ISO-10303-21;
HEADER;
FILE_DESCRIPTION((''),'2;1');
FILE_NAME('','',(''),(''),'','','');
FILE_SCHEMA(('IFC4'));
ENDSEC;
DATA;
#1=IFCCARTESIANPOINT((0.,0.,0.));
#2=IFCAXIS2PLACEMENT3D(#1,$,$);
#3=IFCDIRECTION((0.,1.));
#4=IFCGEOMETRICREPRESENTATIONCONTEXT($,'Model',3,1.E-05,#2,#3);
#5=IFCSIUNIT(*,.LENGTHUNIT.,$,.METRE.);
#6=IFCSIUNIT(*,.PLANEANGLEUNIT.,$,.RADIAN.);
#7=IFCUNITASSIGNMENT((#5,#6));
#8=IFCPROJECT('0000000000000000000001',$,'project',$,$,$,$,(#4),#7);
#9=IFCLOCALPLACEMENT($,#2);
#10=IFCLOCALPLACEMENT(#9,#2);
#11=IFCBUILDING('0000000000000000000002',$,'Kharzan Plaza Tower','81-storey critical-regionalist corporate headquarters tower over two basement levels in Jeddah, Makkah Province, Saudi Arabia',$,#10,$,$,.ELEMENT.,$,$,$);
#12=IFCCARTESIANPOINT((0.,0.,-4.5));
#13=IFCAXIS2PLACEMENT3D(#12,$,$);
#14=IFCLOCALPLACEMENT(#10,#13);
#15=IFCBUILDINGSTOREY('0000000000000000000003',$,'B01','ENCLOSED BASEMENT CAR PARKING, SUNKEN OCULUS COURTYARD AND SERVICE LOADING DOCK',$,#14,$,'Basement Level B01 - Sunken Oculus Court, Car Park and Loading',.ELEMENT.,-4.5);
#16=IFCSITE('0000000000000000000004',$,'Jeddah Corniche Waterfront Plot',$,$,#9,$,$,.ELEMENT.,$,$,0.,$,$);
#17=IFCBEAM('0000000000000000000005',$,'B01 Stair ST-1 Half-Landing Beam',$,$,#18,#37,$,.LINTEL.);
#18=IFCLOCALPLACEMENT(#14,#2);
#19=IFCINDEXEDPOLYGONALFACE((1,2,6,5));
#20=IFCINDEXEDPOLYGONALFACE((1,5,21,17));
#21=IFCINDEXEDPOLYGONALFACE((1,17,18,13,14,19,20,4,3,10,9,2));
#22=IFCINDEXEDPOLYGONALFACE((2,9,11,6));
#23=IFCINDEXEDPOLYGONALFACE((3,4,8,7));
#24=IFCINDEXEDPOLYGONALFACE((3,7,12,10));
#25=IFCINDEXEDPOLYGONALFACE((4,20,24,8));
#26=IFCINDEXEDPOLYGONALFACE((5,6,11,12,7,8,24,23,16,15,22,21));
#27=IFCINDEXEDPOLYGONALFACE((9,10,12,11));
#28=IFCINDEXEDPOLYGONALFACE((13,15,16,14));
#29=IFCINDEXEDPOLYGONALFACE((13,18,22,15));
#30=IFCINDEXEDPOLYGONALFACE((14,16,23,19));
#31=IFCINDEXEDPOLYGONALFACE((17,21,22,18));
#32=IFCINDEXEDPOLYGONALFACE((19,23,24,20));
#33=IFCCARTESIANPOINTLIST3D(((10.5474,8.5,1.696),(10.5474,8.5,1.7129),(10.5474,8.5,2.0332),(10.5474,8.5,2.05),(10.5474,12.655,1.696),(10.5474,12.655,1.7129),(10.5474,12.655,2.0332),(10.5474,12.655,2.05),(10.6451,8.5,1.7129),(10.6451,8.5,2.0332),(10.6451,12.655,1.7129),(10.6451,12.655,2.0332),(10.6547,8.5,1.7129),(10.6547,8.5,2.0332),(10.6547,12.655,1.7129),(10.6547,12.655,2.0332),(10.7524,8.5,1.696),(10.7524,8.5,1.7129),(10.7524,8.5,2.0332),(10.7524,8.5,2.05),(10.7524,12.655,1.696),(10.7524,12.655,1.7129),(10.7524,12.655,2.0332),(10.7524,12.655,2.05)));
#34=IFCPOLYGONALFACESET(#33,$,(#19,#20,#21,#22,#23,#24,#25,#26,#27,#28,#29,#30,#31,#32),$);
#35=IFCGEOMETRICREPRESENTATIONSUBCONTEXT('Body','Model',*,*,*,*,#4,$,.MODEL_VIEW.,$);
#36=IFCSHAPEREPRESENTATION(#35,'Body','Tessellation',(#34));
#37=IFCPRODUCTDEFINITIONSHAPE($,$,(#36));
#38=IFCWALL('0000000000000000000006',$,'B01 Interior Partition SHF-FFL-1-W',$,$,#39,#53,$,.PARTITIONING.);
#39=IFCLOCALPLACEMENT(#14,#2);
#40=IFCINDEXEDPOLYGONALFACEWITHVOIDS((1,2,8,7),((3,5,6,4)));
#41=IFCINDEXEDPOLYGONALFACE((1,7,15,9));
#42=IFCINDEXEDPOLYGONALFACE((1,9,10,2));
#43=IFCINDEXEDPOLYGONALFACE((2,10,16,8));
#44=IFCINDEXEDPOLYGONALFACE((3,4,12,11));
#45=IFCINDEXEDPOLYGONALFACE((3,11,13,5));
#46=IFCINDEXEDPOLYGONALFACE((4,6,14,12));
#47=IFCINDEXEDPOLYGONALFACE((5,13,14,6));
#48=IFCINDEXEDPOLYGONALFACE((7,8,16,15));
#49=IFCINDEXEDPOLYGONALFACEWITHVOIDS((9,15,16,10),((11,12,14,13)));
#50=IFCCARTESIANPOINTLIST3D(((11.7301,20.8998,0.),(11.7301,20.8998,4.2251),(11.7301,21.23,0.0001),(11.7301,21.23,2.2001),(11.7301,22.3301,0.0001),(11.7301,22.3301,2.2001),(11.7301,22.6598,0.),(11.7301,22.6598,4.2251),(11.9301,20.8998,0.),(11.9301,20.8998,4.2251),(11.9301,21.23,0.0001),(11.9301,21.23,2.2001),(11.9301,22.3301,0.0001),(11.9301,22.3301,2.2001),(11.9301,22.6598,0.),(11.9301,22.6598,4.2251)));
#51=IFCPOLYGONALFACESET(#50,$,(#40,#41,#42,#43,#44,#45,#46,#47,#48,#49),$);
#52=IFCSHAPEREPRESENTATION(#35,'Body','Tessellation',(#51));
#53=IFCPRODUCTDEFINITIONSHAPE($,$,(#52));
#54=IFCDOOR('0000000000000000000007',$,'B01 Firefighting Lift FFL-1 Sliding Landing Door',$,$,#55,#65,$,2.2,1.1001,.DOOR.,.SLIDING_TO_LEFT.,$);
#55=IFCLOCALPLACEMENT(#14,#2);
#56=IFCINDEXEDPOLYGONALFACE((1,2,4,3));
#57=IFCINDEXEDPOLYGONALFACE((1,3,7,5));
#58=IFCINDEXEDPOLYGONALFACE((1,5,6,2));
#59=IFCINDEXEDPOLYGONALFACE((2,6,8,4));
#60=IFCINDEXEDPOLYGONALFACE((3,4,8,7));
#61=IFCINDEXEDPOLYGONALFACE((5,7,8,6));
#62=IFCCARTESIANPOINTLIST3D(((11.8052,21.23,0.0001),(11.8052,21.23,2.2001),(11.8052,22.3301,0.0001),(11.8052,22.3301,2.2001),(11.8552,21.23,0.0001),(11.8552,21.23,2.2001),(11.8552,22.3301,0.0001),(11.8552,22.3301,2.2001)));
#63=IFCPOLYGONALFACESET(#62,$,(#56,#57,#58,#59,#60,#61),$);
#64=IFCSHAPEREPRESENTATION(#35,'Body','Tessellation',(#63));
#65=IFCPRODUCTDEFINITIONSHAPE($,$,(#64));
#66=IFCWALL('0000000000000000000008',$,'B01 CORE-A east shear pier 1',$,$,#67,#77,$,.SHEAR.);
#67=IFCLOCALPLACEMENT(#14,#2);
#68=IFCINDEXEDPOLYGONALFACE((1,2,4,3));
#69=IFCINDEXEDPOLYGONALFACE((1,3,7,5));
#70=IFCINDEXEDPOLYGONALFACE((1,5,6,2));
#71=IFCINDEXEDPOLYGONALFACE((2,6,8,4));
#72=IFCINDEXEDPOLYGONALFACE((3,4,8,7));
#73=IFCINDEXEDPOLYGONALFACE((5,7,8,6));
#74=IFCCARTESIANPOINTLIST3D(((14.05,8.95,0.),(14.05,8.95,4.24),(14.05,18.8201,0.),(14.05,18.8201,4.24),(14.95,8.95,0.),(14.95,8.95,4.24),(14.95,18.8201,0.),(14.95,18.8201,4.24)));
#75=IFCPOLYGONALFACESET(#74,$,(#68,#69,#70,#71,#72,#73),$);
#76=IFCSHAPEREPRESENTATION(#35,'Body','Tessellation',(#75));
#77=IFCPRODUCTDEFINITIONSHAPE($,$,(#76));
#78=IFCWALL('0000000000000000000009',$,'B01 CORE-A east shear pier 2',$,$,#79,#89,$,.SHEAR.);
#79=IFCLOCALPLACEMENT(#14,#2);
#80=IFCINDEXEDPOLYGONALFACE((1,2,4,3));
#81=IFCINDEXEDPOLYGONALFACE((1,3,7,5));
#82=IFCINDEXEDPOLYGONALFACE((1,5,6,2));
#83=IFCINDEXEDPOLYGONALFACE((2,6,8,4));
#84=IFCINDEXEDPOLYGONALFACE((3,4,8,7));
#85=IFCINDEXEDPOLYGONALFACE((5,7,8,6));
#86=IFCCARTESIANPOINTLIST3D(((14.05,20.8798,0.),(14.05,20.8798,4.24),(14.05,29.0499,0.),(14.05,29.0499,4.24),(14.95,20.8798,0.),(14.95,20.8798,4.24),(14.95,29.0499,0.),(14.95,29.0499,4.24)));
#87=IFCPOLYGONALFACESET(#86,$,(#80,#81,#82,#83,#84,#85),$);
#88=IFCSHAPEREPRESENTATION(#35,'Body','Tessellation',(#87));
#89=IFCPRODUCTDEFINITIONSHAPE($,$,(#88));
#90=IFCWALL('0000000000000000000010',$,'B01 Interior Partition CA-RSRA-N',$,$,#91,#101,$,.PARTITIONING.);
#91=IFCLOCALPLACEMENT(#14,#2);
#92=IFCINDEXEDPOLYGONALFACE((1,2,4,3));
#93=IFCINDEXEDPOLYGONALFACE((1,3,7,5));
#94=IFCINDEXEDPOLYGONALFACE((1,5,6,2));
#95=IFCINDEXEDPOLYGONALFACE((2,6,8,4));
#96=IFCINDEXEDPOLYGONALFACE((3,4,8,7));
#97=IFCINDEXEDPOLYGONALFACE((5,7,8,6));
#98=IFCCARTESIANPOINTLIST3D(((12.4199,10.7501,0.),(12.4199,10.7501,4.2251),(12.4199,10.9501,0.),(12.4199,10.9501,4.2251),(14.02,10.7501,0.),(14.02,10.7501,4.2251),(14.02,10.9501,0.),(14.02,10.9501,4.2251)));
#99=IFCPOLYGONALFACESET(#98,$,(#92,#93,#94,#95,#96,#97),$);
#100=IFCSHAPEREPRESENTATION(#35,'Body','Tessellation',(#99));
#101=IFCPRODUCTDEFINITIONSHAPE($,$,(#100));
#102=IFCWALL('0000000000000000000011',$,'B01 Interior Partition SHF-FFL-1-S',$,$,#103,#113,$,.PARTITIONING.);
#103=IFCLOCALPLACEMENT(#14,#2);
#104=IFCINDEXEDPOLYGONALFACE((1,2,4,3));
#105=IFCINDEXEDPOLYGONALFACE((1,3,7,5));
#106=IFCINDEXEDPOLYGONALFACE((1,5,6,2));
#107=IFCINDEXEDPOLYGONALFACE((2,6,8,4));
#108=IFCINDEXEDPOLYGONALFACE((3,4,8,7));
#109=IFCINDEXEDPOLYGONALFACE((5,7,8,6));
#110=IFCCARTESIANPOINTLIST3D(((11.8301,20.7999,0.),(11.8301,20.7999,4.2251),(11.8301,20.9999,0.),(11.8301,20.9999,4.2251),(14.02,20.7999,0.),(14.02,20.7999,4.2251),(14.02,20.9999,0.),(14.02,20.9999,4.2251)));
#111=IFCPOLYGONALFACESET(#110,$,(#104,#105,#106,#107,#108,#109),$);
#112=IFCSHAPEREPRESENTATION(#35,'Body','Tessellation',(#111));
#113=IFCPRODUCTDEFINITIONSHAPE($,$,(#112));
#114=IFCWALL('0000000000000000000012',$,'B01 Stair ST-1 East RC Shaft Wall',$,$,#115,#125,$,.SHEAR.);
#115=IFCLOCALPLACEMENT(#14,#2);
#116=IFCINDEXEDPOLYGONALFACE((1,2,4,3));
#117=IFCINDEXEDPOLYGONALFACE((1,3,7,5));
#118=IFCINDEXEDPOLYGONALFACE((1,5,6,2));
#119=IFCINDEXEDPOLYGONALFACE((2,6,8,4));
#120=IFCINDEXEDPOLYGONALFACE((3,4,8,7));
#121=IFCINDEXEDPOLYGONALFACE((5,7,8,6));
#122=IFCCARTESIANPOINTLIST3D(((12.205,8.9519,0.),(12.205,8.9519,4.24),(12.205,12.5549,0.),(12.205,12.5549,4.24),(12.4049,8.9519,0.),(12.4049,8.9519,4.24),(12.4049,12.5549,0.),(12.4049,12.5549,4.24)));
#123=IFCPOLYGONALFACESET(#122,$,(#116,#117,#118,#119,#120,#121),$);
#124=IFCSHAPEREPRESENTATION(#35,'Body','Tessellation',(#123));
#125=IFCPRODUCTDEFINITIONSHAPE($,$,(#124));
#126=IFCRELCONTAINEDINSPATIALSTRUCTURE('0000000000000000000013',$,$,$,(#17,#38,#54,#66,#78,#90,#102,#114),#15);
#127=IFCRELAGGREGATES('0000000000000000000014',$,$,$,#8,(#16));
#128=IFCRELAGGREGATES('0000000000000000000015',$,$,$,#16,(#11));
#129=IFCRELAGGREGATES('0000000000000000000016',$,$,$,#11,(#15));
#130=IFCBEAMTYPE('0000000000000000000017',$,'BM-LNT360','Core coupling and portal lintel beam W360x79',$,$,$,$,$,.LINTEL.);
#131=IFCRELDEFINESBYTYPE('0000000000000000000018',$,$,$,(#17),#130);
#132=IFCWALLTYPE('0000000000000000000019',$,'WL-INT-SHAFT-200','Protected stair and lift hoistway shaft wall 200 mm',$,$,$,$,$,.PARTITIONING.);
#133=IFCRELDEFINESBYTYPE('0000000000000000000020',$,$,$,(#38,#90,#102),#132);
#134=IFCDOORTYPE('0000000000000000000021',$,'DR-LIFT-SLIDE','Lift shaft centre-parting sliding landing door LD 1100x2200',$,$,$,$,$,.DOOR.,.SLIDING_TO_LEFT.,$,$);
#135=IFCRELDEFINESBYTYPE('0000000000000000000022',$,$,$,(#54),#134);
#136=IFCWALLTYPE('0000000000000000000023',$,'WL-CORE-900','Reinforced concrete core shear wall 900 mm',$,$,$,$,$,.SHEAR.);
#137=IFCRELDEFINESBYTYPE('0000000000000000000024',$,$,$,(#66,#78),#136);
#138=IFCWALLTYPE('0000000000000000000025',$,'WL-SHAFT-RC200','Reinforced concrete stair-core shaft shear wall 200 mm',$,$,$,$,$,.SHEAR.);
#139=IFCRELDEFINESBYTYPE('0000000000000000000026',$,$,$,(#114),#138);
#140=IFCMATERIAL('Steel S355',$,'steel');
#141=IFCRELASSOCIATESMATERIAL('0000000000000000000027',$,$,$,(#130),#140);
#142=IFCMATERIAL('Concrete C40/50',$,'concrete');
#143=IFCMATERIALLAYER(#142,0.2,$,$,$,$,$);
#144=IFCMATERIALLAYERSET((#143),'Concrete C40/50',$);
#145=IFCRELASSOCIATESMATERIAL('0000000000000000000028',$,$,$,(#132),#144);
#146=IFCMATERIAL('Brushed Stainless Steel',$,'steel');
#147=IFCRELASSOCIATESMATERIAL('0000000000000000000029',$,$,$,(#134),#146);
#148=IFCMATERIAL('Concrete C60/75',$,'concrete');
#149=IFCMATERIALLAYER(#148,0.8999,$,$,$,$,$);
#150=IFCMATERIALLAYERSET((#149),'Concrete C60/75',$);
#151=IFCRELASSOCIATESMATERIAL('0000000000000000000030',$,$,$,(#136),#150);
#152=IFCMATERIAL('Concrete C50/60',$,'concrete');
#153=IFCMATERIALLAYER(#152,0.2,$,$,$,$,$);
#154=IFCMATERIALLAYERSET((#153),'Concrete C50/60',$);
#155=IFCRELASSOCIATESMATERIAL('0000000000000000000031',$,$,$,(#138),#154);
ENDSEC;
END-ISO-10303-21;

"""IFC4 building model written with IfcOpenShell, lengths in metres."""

from ifc_helpers import new_model, si_unit, direction, frame, frame_2d, origin, origin_2d, place, context, subcontext, project, spatial, rectangle, i_section, extrude, source, transform, mapped, material, layer, layer_set, material_profile, profile_set, type_object, element, fill, save


model = new_model("IFC4")

# Units and contexts
model_context = context("Model", 3, precision=1e-05, world=origin(), true_north=direction((0.0, 1.0)))
body_context = subcontext(model_context, "Body", "Model", "MODEL_VIEW")
ifc_project = project(units=[si_unit("LENGTHUNIT", "METRE"), si_unit("PLANEANGLEUNIT", "RADIAN")], contexts=[model_context])

# Site, building, storey
site_placement = place(None, origin())
site = spatial("IfcSite", under=ifc_project, at=site_placement, Name="Jeddah Corniche Waterfront Plot", CompositionType="ELEMENT", RefElevation=0.0)
building_placement = place(site_placement, origin())
building = spatial("IfcBuilding", under=site, at=building_placement, Name="Kharzan Plaza Tower", Description="81-storey critical-regionalist corporate headquarters tower over two basement levels in Jeddah, Makkah Province, Saudi Arabia", CompositionType="ELEMENT")
storey_placement = place(building_placement, frame((0.0, 0.0, -4.5)))
storey = spatial("IfcBuildingStorey", under=building, at=storey_placement, Name="B01", Description="ENCLOSED BASEMENT CAR PARKING, SUNKEN OCULUS COURTYARD AND SERVICE LOADING DOCK", LongName="Basement Level B01 - Sunken Oculus Court, Car Park and Loading", CompositionType="ELEMENT", Elevation=-4.5)

# Shared definitions
ifc_material_1 = material(Name="Concrete C60/75", Category="concrete")

# Beam
ifc_material_2 = material(Name="Steel S355", Category="steel")
ifc_material_profile_1 = material_profile(ifc_material_2, i_section(OverallWidth=0.2051, OverallDepth=0.354, WebThickness=0.0095, FlangeThickness=0.0168, at=origin_2d()), Name="W360x79")
ifc_profile_set_1 = profile_set([ifc_material_profile_1], Name="Steel S355")
beam_type_1 = type_object("IfcBeamType", Name="BM-LNT360", Description="Core coupling and portal lintel beam W360x79", PredefinedType="LINTEL", material=ifc_profile_set_1)
shared_shape_1 = source(origin(), body_context, "Body", "SweptSolid", [
    extrude(i_section(OverallWidth=0.2051, OverallDepth=0.354, WebThickness=0.0095, FlangeThickness=0.0168, at=origin_2d()), origin(), (0.0, 0.0, 1.0), 4.155),
])
beam_1_placement = place(storey_placement, frame((10.6499, 8.5, 1.873), z_axis=(0.0, 1.0, 0.0), x_axis=(-1.0, 0.0, 0.0)))
element("IfcBeam", 1, at=beam_1_placement, inside=storey, type_object=beam_type_1, Name="B01 Stair ST-1 Half-Landing Beam", PredefinedType="LINTEL", context=body_context, shape_type="MappedRepresentation", body=[
    mapped(shared_shape_1, transform((0.0, 0.0, 0.0), x_axis=(1.0, 0.0, 0.0), y_axis=(0.0, 1.0, 0.0), z_axis=(0.0, 0.0, 1.0))),
])

# Wall, opening, door
ifc_material_3 = material(Name="Concrete C40/50", Category="concrete")
ifc_layer_1 = layer(ifc_material_3, 0.2)
ifc_layer_set_1 = layer_set([ifc_layer_1], Name="Concrete C40/50")
wall_type_1 = type_object("IfcWallType", Name="WL-INT-SHAFT-200", Description="Protected stair and lift hoistway shaft wall 200 mm", PredefinedType="PARTITIONING", material=ifc_layer_set_1)
wall_1_placement = place(storey_placement, frame((11.8301, 20.8999, 0.0), z_axis=(0.0, 0.0, 1.0), x_axis=(0.0, 1.0, 0.0)))
wall_1 = element("IfcWall", 2, at=wall_1_placement, inside=storey, type_object=wall_type_1, Name="B01 Interior Partition SHF-FFL-1-W", PredefinedType="PARTITIONING", context=body_context, shape_type="SweptSolid", body=[
    extrude(rectangle(XDim=1.76, YDim=0.2, at=frame_2d((0.8799, 0.0))), origin(), (0.0, 0.0, 1.0), 4.2251),
])
opening_placement = place(wall_1_placement, frame((0.3301, 0.0, 0.0)))
opening = element("IfcOpeningElement", 3, at=opening_placement, cuts=wall_1, PredefinedType="OPENING", context=body_context, shape_type="SweptSolid", body=[
    extrude(rectangle(XDim=1.1001, YDim=2.2, at=frame_2d((0.55, 1.1001))), frame((0.0, 0.1099, 0.0), z_axis=(0.0, -1.0, 0.0), x_axis=(1.0, 0.0, 0.0)), (0.0, 0.0, 1.0), 0.22),
])
ifc_material_4 = material(Name="Brushed Stainless Steel", Category="steel")
door_type = type_object("IfcDoorType", Name="DR-LIFT-SLIDE", Description="Lift shaft centre-parting sliding landing door LD 1100x2200", OperationType="SLIDING_TO_LEFT", PredefinedType="DOOR", material=ifc_material_4)
shared_shape_2 = source(origin(), body_context, "Body", "SweptSolid", [
    extrude(rectangle(XDim=1.1001, YDim=2.2, at=frame_2d((0.55, 1.1001))), frame((0.0, 0.0249, 0.0), z_axis=(0.0, -1.0, 0.0), x_axis=(1.0, 0.0, 0.0)), (0.0, 0.0, 1.0), 0.05),
])
door_placement = place(opening_placement, origin())
door = element("IfcDoor", 4, at=door_placement, inside=storey, type_object=door_type, Name="B01 Firefighting Lift FFL-1 Sliding Landing Door", OperationType="SLIDING_TO_LEFT", OverallHeight=2.2, OverallWidth=1.1001, PredefinedType="DOOR", context=body_context, shape_type="MappedRepresentation", body=[
    mapped(shared_shape_2, transform((0.0, 0.0, 0.0), x_axis=(1.0, 0.0, 0.0), y_axis=(0.0, 1.0, 0.0), z_axis=(0.0, 0.0, 1.0))),
])
fill(opening, door)

# Walls
ifc_layer_2 = layer(ifc_material_1, 0.8999)
ifc_layer_set_2 = layer_set([ifc_layer_2], Name="Concrete C60/75")
wall_type_2 = type_object("IfcWallType", Name="WL-CORE-900", Description="Reinforced concrete core shear wall 900 mm", PredefinedType="SHEAR", material=ifc_layer_set_2)
shared_shape_3 = source(origin(), body_context, "Body", "SweptSolid", [
    extrude(rectangle(XDim=9.8701, YDim=0.8999, at=frame_2d((4.9351, 0.0))), origin(), (0.0, 0.0, 1.0), 4.24),
])
wall_2_placement = place(storey_placement, frame((14.5, 8.95, 0.0), z_axis=(0.0, 0.0, 1.0), x_axis=(0.0, 1.0, 0.0)))
element("IfcWall", 5, at=wall_2_placement, inside=storey, type_object=wall_type_2, Name="B01 CORE-A east shear pier 1", PredefinedType="SHEAR", context=body_context, shape_type="MappedRepresentation", body=[
    mapped(shared_shape_3, transform((0.0, 0.0, 0.0), x_axis=(1.0, 0.0, 0.0), y_axis=(0.0, 1.0, 0.0), z_axis=(0.0, 0.0, 1.0))),
])
shared_shape_4 = source(origin(), body_context, "Body", "SweptSolid", [
    extrude(rectangle(XDim=8.1702, YDim=0.8999, at=frame_2d((4.085, 0.0))), origin(), (0.0, 0.0, 1.0), 4.24),
])
wall_3_placement = place(storey_placement, frame((14.5, 20.8799, 0.0), z_axis=(0.0, 0.0, 1.0), x_axis=(0.0, 1.0, 0.0)))
element("IfcWall", 6, at=wall_3_placement, inside=storey, type_object=wall_type_2, Name="B01 CORE-A east shear pier 2", PredefinedType="SHEAR", context=body_context, shape_type="MappedRepresentation", body=[
    mapped(shared_shape_4, transform((0.0, 0.0, 0.0), x_axis=(1.0, 0.0, 0.0), y_axis=(0.0, 1.0, 0.0), z_axis=(0.0, 0.0, 1.0))),
])
shared_shape_5 = source(origin(), body_context, "Body", "SweptSolid", [
    extrude(rectangle(XDim=1.6001, YDim=0.2, at=frame_2d((0.8, 0.0))), origin(), (0.0, 0.0, 1.0), 4.2251),
])
wall_4_placement = place(storey_placement, frame((12.4199, 10.8501, 0.0), z_axis=(0.0, 0.0, 1.0), x_axis=(1.0, 0.0, 0.0)))
element("IfcWall", 7, at=wall_4_placement, inside=storey, type_object=wall_type_1, Name="B01 Interior Partition CA-RSRA-N", PredefinedType="PARTITIONING", context=body_context, shape_type="MappedRepresentation", body=[
    mapped(shared_shape_5, transform((0.0, 0.0, 0.0), x_axis=(1.0, 0.0, 0.0), y_axis=(0.0, 1.0, 0.0), z_axis=(0.0, 0.0, 1.0))),
])
shared_shape_6 = source(origin(), body_context, "Body", "SweptSolid", [
    extrude(rectangle(XDim=2.1899, YDim=0.2, at=frame_2d((1.095, 0.0))), origin(), (0.0, 0.0, 1.0), 4.2251),
])
wall_5_placement = place(storey_placement, frame((11.8301, 20.8999, 0.0), z_axis=(0.0, 0.0, 1.0), x_axis=(1.0, 0.0, 0.0)))
element("IfcWall", 8, at=wall_5_placement, inside=storey, type_object=wall_type_1, Name="B01 Interior Partition SHF-FFL-1-S", PredefinedType="PARTITIONING", context=body_context, shape_type="MappedRepresentation", body=[
    mapped(shared_shape_6, transform((0.0, 0.0, 0.0), x_axis=(1.0, 0.0, 0.0), y_axis=(0.0, 1.0, 0.0), z_axis=(0.0, 0.0, 1.0))),
])
ifc_material_5 = material(Name="Concrete C50/60", Category="concrete")
ifc_layer_3 = layer(ifc_material_5, 0.2)
ifc_layer_set_3 = layer_set([ifc_layer_3], Name="Concrete C50/60")
wall_type_3 = type_object("IfcWallType", Name="WL-SHAFT-RC200", Description="Reinforced concrete stair-core shaft shear wall 200 mm", PredefinedType="SHEAR", material=ifc_layer_set_3)
shared_shape_7 = source(origin(), body_context, "Body", "SweptSolid", [
    extrude(rectangle(XDim=3.603, YDim=0.2, at=frame_2d((1.8015, 0.0))), origin(), (0.0, 0.0, 1.0), 4.24),
])
wall_6_placement = place(storey_placement, frame((12.3049, 8.9519, 0.0), z_axis=(0.0, 0.0, 1.0), x_axis=(0.0, 1.0, 0.0)))
element("IfcWall", 9, at=wall_6_placement, inside=storey, type_object=wall_type_3, Name="B01 Stair ST-1 East RC Shaft Wall", PredefinedType="SHEAR", context=body_context, shape_type="MappedRepresentation", body=[
    mapped(shared_shape_7, transform((0.0, 0.0, 0.0), x_axis=(1.0, 0.0, 0.0), y_axis=(0.0, 1.0, 0.0), z_axis=(0.0, 0.0, 1.0))),
])

save(model, "model.ifc")
